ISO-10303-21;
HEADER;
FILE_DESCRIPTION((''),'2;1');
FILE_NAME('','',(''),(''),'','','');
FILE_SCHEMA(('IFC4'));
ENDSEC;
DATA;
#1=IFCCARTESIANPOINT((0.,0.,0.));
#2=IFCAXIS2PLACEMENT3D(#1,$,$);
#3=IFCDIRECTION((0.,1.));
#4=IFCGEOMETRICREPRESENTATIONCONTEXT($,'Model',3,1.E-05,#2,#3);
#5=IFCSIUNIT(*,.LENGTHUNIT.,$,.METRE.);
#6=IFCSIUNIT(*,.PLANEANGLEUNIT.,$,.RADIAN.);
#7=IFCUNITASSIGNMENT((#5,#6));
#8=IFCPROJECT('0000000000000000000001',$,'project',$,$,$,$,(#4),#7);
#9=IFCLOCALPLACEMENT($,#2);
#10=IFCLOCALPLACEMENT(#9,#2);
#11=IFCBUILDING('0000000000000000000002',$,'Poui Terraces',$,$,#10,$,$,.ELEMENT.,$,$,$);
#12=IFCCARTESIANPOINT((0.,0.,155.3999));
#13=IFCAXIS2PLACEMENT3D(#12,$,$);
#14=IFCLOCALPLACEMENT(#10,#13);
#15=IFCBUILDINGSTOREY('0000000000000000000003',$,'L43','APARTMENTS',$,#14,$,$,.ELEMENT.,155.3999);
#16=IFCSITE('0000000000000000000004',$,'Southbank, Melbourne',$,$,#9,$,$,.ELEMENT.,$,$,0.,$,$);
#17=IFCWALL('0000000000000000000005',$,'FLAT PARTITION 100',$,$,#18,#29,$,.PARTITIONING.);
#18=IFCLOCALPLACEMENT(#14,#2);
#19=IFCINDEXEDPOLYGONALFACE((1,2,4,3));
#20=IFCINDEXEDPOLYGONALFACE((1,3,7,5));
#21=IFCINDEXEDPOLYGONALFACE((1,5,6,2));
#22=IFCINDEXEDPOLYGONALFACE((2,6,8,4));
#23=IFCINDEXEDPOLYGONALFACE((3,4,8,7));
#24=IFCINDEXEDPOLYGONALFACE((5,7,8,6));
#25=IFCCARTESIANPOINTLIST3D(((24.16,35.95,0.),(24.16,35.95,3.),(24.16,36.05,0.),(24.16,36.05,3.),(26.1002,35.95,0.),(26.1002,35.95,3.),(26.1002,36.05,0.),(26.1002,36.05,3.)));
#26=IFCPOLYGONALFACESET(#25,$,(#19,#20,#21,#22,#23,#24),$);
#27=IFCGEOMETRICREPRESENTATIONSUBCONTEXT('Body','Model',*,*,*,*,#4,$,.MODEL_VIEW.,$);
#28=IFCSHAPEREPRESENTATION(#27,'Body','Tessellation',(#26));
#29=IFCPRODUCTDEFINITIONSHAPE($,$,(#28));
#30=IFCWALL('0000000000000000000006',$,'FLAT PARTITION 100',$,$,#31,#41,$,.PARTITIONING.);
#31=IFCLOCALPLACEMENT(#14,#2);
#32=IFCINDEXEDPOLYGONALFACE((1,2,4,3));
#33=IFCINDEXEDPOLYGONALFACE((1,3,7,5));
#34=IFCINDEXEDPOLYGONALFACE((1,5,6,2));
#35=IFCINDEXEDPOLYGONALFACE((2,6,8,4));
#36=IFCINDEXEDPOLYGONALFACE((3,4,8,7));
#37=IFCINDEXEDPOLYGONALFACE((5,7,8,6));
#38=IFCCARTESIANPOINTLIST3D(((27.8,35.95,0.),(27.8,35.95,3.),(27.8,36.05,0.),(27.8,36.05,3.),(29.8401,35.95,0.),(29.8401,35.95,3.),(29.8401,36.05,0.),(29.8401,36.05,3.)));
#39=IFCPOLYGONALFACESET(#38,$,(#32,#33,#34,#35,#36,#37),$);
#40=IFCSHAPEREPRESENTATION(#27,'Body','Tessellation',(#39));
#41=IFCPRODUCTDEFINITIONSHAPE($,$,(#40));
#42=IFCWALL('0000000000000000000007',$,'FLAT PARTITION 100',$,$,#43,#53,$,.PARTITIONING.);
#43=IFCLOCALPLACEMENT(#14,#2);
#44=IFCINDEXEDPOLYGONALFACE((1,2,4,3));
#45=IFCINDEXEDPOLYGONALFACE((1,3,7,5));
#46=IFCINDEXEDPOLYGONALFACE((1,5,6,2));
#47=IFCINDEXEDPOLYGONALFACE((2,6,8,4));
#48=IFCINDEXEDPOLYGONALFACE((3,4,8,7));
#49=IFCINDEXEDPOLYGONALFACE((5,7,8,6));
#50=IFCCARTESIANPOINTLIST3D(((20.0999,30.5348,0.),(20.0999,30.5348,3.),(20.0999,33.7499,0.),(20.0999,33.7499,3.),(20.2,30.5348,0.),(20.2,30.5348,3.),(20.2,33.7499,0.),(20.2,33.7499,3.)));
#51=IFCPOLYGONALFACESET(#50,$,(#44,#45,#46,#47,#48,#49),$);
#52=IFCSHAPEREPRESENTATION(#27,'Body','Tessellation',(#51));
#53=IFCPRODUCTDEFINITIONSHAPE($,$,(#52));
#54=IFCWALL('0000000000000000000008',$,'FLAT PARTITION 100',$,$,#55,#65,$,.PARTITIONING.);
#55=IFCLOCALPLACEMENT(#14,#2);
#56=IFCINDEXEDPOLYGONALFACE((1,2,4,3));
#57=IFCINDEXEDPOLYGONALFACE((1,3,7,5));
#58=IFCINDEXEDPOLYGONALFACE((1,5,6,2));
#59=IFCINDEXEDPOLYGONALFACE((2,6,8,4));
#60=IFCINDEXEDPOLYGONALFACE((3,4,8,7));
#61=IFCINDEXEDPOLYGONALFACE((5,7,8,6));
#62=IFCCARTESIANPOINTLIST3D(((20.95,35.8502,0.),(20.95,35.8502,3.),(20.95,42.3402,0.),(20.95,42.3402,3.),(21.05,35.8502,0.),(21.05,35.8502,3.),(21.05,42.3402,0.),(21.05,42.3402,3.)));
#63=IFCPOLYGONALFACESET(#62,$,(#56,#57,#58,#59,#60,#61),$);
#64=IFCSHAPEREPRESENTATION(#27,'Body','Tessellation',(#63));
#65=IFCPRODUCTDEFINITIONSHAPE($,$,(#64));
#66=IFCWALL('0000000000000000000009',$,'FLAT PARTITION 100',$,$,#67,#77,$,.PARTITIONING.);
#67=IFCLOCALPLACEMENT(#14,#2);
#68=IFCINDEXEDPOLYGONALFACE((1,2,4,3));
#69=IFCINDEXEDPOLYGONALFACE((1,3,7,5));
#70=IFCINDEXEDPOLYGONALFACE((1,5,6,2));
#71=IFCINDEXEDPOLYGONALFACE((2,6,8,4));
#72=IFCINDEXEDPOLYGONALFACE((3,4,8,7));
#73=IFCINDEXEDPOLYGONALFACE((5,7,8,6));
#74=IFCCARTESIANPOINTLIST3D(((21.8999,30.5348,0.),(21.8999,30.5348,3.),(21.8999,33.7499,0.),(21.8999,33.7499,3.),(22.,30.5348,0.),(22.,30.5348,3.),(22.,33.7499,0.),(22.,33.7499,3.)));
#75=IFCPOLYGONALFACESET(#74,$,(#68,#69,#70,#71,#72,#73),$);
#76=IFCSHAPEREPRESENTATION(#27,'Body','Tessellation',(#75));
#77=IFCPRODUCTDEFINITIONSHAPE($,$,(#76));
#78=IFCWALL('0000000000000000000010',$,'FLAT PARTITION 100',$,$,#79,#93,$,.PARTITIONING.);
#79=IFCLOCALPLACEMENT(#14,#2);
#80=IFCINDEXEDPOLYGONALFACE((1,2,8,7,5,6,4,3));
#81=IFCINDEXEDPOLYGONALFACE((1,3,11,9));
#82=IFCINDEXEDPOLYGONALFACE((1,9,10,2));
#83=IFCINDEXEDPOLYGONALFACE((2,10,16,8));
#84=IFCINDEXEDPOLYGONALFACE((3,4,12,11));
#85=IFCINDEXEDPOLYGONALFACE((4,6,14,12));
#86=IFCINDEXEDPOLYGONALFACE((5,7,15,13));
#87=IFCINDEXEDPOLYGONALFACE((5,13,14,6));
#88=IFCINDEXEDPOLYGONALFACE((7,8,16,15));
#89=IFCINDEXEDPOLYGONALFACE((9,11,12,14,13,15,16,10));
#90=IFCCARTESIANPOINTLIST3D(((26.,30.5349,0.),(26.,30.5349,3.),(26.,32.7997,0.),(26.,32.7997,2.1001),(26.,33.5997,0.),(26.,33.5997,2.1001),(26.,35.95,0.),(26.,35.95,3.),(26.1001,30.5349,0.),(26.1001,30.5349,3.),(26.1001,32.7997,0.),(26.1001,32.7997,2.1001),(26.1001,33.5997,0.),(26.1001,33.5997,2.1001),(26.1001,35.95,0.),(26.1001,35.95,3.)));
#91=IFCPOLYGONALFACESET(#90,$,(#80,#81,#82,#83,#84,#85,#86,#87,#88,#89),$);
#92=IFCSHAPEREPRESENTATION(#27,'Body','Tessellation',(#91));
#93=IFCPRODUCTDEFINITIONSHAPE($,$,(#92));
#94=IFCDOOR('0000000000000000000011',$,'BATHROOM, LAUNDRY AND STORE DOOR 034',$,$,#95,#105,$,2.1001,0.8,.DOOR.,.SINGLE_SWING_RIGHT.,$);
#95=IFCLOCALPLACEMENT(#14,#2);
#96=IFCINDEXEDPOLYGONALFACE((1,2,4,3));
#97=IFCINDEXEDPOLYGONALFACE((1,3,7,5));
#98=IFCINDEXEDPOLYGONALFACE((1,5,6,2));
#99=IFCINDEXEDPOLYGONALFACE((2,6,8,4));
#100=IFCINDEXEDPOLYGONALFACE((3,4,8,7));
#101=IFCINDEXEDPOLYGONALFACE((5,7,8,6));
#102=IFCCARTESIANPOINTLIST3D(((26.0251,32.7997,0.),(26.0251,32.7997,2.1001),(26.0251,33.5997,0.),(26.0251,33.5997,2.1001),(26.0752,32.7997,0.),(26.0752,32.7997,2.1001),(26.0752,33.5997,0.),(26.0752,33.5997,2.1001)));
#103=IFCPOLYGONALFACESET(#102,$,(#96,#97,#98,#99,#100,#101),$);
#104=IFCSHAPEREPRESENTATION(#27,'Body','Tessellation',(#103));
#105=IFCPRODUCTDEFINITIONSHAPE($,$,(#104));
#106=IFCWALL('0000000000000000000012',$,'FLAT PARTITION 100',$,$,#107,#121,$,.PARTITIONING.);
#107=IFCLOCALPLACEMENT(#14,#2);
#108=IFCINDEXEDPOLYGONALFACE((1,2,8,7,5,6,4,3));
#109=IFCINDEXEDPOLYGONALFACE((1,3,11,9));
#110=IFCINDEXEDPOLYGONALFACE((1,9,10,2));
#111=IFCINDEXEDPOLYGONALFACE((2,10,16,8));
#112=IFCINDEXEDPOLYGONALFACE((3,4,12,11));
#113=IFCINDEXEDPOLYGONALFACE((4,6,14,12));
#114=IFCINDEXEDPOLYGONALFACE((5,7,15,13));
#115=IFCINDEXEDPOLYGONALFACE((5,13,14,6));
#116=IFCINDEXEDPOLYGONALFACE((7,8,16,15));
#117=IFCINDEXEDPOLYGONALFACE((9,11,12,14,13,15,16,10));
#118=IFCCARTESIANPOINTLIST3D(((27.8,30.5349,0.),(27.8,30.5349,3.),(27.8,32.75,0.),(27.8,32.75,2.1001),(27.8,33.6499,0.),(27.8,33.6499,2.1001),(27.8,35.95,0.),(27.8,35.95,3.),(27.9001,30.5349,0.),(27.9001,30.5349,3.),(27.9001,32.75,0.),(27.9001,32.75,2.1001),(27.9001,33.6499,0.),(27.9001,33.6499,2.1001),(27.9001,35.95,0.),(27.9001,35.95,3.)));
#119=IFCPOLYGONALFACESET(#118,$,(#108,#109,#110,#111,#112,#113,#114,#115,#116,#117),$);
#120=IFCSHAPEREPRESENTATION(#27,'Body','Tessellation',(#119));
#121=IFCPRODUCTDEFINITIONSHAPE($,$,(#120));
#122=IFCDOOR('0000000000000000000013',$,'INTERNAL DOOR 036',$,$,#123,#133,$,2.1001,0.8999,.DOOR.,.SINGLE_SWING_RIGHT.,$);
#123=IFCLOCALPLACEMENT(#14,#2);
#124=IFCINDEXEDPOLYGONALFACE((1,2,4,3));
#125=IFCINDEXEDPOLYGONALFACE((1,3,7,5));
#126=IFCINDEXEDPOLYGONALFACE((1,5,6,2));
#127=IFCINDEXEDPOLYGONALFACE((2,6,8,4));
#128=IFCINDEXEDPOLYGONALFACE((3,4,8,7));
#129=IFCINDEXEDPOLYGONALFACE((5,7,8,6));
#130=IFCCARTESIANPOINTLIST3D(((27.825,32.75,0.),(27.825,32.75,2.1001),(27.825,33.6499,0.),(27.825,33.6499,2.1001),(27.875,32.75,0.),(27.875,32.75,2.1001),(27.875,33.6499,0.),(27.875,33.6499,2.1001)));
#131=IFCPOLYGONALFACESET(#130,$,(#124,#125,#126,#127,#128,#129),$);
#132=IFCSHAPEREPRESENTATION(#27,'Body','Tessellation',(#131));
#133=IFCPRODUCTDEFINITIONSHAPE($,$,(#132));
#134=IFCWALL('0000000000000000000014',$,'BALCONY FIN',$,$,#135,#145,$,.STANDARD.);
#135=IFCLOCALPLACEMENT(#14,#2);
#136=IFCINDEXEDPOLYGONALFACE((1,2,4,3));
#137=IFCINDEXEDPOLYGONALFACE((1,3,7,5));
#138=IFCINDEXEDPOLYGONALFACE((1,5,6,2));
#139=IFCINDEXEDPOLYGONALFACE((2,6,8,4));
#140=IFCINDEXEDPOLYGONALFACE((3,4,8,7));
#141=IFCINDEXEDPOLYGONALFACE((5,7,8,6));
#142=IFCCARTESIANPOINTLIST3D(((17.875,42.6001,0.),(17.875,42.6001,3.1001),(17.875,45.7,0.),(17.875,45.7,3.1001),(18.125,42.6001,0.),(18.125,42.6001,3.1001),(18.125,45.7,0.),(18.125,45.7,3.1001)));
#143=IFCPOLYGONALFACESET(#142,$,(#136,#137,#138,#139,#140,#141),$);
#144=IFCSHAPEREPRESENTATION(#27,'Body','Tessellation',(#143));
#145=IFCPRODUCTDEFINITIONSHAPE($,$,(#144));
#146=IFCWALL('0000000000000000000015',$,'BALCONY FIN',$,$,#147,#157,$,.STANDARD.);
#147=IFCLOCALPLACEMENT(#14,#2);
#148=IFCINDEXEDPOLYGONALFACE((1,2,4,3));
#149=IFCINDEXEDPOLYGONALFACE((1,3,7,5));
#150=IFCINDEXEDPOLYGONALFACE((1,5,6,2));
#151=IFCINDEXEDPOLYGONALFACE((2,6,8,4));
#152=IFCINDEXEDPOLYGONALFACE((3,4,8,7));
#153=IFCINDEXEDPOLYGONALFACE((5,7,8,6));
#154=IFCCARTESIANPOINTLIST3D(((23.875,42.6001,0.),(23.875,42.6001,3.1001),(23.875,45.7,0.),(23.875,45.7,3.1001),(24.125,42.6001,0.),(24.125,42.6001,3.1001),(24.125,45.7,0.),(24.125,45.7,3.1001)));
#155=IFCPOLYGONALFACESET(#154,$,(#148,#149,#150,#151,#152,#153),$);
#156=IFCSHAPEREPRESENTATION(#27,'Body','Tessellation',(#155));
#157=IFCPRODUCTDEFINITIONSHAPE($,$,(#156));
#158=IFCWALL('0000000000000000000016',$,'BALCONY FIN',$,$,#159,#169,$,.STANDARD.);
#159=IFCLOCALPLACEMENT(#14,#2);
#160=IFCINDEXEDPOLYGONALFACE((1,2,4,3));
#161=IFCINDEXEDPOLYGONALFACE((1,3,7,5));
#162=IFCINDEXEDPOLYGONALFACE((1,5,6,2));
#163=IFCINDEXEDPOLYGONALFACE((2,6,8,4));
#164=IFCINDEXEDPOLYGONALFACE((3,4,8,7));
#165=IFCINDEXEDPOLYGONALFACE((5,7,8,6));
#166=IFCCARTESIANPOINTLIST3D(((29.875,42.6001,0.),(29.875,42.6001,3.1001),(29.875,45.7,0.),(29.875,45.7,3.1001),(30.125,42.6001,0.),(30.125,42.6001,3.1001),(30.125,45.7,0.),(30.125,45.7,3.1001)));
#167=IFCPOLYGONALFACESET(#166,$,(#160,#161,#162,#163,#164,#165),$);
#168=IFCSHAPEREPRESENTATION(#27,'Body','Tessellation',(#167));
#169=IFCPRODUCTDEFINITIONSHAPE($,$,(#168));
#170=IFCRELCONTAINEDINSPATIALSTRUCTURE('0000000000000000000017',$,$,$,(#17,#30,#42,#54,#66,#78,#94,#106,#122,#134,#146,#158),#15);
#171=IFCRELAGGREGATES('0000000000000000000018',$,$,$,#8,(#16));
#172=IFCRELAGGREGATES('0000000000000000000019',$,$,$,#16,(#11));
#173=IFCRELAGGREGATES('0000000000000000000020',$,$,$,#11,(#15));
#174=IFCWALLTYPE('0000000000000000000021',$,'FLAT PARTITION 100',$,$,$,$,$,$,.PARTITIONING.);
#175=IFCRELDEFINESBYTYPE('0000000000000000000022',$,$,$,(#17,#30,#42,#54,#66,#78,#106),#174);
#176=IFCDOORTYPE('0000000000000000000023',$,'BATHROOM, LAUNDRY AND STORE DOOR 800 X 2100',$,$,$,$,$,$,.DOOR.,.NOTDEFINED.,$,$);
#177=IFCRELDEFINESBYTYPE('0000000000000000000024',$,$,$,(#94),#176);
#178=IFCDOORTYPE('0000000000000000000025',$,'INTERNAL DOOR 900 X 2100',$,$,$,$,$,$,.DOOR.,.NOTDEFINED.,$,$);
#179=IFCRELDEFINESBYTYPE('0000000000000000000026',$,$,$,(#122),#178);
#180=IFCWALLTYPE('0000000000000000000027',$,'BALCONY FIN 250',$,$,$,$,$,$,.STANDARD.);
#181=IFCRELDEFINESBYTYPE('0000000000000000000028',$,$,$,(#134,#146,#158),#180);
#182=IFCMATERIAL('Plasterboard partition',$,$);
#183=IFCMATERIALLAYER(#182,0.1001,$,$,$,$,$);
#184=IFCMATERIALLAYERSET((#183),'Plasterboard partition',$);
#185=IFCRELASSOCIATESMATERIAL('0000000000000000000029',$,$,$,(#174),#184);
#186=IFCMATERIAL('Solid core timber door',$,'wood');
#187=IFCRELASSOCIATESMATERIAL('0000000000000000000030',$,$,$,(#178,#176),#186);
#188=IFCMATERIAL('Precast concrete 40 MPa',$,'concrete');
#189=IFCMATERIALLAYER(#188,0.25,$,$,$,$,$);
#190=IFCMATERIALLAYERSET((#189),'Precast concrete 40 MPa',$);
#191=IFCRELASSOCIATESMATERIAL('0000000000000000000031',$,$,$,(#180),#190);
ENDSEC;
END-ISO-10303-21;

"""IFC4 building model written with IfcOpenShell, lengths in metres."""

from ifc_helpers import new_model, si_unit, direction, frame, frame_2d, origin, place, context, subcontext, project, spatial, polyline, rectangle, outline, extrude, source, transform, mapped, material, layer, layer_set, type_object, element, fill, save


model = new_model("IFC4")

# Units and contexts
model_context = context("Model", 3, precision=1e-05, world=origin(), true_north=direction((0.0, 1.0)))
body_context = subcontext(model_context, "Body", "Model", "MODEL_VIEW")
ifc_project = project(units=[si_unit("LENGTHUNIT", "METRE"), si_unit("PLANEANGLEUNIT", "RADIAN")], contexts=[model_context])

# Site, building, storey
site_placement = place(None, origin())
site = spatial("IfcSite", under=ifc_project, at=site_placement, Name="Southbank, Melbourne", CompositionType="ELEMENT", RefElevation=0.0)
building_placement = place(site_placement, origin())
building = spatial("IfcBuilding", under=site, at=building_placement, Name="Poui Terraces", CompositionType="ELEMENT")
storey_placement = place(building_placement, frame((0.0, 0.0, 155.3999)))
storey = spatial("IfcBuildingStorey", under=building, at=storey_placement, Name="L43", Description="APARTMENTS", CompositionType="ELEMENT", Elevation=155.3999)

# Shared definitions
ifc_material_1 = material(Name="Plasterboard partition")
ifc_layer_1 = layer(ifc_material_1, 0.1001)
ifc_layer_set_1 = layer_set([ifc_layer_1], Name="Plasterboard partition")
wall_type_1 = type_object("IfcWallType", Name="FLAT PARTITION 100", PredefinedType="PARTITIONING", material=ifc_layer_set_1)
ifc_material_2 = material(Name="Solid core timber door", Category="wood")
door_type_1 = type_object("IfcDoorType", Name="INTERNAL DOOR 900 X 2100", OperationType="NOTDEFINED", PredefinedType="DOOR", material=ifc_material_2)
door_type_2 = type_object("IfcDoorType", Name="BATHROOM, LAUNDRY AND STORE DOOR 800 X 2100", OperationType="NOTDEFINED", PredefinedType="DOOR", material=ifc_material_2)

# Walls
wall_1_placement = place(storey_placement, frame((24.1599, 36.0, 0.0), z_axis=(0.0, 0.0, 1.0), x_axis=(1.0, 0.0, 0.0)))
element("IfcWall", 1, at=wall_1_placement, inside=storey, type_object=wall_type_1, Name="FLAT PARTITION 100", PredefinedType="PARTITIONING", context=body_context, shape_type="SweptSolid", body=[
    extrude(rectangle(XDim=1.9402, YDim=0.1001, at=frame_2d((0.9702, 0.0))), origin(), (0.0, 0.0, 1.0), 3.0),
])
wall_2_placement = place(storey_placement, frame((27.8, 36.0, 0.0), z_axis=(0.0, 0.0, 1.0), x_axis=(1.0, 0.0, 0.0)))
element("IfcWall", 2, at=wall_2_placement, inside=storey, type_object=wall_type_1, Name="FLAT PARTITION 100", PredefinedType="PARTITIONING", context=body_context, shape_type="SweptSolid", body=[
    extrude(rectangle(XDim=2.04, YDim=0.1001, at=frame_2d((1.02, 0.0))), origin(), (0.0, 0.0, 1.0), 3.0),
])
wall_3_placement = place(storey_placement, frame((20.1499, 30.5349, 0.0), z_axis=(0.0, 0.0, 1.0), x_axis=(0.0, 1.0, 0.0)))
element("IfcWall", 3, at=wall_3_placement, inside=storey, type_object=wall_type_1, Name="FLAT PARTITION 100", PredefinedType="PARTITIONING", context=body_context, shape_type="SweptSolid", body=[
    extrude(rectangle(XDim=3.2151, YDim=0.1001, at=frame_2d((1.6074, 0.0))), origin(), (0.0, 0.0, 1.0), 3.0),
])
wall_4_placement = place(storey_placement, frame((21.0, 35.8501, 0.0), z_axis=(0.0, 0.0, 1.0), x_axis=(0.0, 1.0, 0.0)))
element("IfcWall", 4, at=wall_4_placement, inside=storey, type_object=wall_type_1, Name="FLAT PARTITION 100", PredefinedType="PARTITIONING", context=body_context, shape_type="SweptSolid", body=[
    extrude(rectangle(XDim=6.49, YDim=0.1001, at=frame_2d((3.2451, 0.0))), origin(), (0.0, 0.0, 1.0), 3.0),
])
wall_5_placement = place(storey_placement, frame((21.95, 30.5349, 0.0), z_axis=(0.0, 0.0, 1.0), x_axis=(0.0, 1.0, 0.0)))
element("IfcWall", 5, at=wall_5_placement, inside=storey, type_object=wall_type_1, Name="FLAT PARTITION 100", PredefinedType="PARTITIONING", context=body_context, shape_type="SweptSolid", body=[
    extrude(rectangle(XDim=3.2151, YDim=0.1001, at=frame_2d((1.6074, 0.0))), origin(), (0.0, 0.0, 1.0), 3.0),
])

# Walls, openings, doors
wall_6_placement = place(storey_placement, frame((26.05, 30.5349, 0.0), z_axis=(0.0, 0.0, 1.0), x_axis=(0.0, 1.0, 0.0)))
wall_6 = element("IfcWall", 6, at=wall_6_placement, inside=storey, type_object=wall_type_1, Name="FLAT PARTITION 100", PredefinedType="PARTITIONING", context=body_context, shape_type="SweptSolid", body=[
    extrude(rectangle(XDim=5.415, YDim=0.1001, at=frame_2d((2.7075, 0.0))), origin(), (0.0, 0.0, 1.0), 3.0),
])
opening_1_placement = place(wall_6_placement, frame((2.2649, 0.0, 0.0)))
opening_1 = element("IfcOpeningElement", 7, at=opening_1_placement, cuts=wall_6, PredefinedType="OPENING", context=body_context, shape_type="SweptSolid", body=[
    extrude(rectangle(XDim=0.8, YDim=2.1001, at=frame_2d((0.3999, 1.05))), frame((0.0, 0.0601, 0.0), z_axis=(0.0, -1.0, 0.0), x_axis=(1.0, 0.0, 0.0)), (0.0, 0.0, 1.0), 0.1201),
])
door_1_placement = place(opening_1_placement, origin())
door_1 = element("IfcDoor", 8, at=door_1_placement, inside=storey, type_object=door_type_2, Name="BATHROOM, LAUNDRY AND STORE DOOR 034", OperationType="SINGLE_SWING_RIGHT", OverallHeight=2.1001, OverallWidth=0.8, PredefinedType="DOOR", context=body_context, shape_type="SweptSolid", body=[
    extrude(rectangle(XDim=0.8, YDim=2.1001, at=frame_2d((0.3999, 1.05))), frame((0.0, 0.0249, 0.0), z_axis=(0.0, -1.0, 0.0), x_axis=(1.0, 0.0, 0.0)), (0.0, 0.0, 1.0), 0.05),
])
fill(opening_1, door_1)
wall_7_placement = place(storey_placement, frame((27.8501, 30.5349, 0.0), z_axis=(0.0, 0.0, 1.0), x_axis=(0.0, 1.0, 0.0)))
wall_7 = element("IfcWall", 9, at=wall_7_placement, inside=storey, type_object=wall_type_1, Name="FLAT PARTITION 100", PredefinedType="PARTITIONING", context=body_context, shape_type="SweptSolid", body=[
    extrude(rectangle(XDim=5.415, YDim=0.1001, at=frame_2d((2.7075, 0.0))), origin(), (0.0, 0.0, 1.0), 3.0),
])
opening_2_placement = place(wall_7_placement, frame((2.2151, 0.0, 0.0)))
opening_2 = element("IfcOpeningElement", 10, at=opening_2_placement, cuts=wall_7, PredefinedType="OPENING", context=body_context, shape_type="SweptSolid", body=[
    extrude(rectangle(XDim=0.8999, YDim=2.1001, at=frame_2d((0.45, 1.05))), frame((0.0, 0.0601, 0.0), z_axis=(0.0, -1.0, 0.0), x_axis=(1.0, 0.0, 0.0)), (0.0, 0.0, 1.0), 0.1201),
])
door_2_placement = place(opening_2_placement, frame((0.8999, 0.0, 0.0), z_axis=(0.0, 0.0, 1.0), x_axis=(-1.0, 0.0, 0.0)))
door_2 = element("IfcDoor", 11, at=door_2_placement, inside=storey, type_object=door_type_1, Name="INTERNAL DOOR 036", OperationType="SINGLE_SWING_RIGHT", OverallHeight=2.1001, OverallWidth=0.8999, PredefinedType="DOOR", context=body_context, shape_type="SweptSolid", body=[
    extrude(rectangle(XDim=0.8999, YDim=2.1001, at=frame_2d((0.45, 1.05))), frame((0.0, 0.0249, 0.0), z_axis=(0.0, -1.0, 0.0), x_axis=(1.0, 0.0, 0.0)), (0.0, 0.0, 1.0), 0.05),
])
fill(opening_2, door_2)

# Walls
ifc_material_3 = material(Name="Precast concrete 40 MPa", Category="concrete")
ifc_layer_2 = layer(ifc_material_3, 0.25)
ifc_layer_set_2 = layer_set([ifc_layer_2], Name="Precast concrete 40 MPa")
wall_type_2 = type_object("IfcWallType", Name="BALCONY FIN 250", PredefinedType="STANDARD", material=ifc_layer_set_2)
shared_shape_1 = source(origin(), body_context, "Body", "SweptSolid", [
    extrude(outline(polyline([(0.0, 0.0), (0.25, 0.0), (0.25, 3.0999), (0.0, 3.0999), (0.0, 0.0)])), origin(), (0.0, 0.0, 1.0), 3.1001),
])
for number, where, name in (
    (12, (17.875, 42.6001, 0.0), "BALCONY FIN"),
    (13, (23.875, 42.6001, 0.0), "BALCONY FIN"),
    (14, (29.875, 42.6001, 0.0), "BALCONY FIN"),
):
    element("IfcWall", number, at=place(storey_placement, frame(where)), inside=storey, type_object=wall_type_2, Name=name, PredefinedType="STANDARD", context=body_context, shape_type="MappedRepresentation", body=[
        mapped(shared_shape_1, transform((0.0, 0.0, 0.0))),
    ])

save(model, "model.ifc")
